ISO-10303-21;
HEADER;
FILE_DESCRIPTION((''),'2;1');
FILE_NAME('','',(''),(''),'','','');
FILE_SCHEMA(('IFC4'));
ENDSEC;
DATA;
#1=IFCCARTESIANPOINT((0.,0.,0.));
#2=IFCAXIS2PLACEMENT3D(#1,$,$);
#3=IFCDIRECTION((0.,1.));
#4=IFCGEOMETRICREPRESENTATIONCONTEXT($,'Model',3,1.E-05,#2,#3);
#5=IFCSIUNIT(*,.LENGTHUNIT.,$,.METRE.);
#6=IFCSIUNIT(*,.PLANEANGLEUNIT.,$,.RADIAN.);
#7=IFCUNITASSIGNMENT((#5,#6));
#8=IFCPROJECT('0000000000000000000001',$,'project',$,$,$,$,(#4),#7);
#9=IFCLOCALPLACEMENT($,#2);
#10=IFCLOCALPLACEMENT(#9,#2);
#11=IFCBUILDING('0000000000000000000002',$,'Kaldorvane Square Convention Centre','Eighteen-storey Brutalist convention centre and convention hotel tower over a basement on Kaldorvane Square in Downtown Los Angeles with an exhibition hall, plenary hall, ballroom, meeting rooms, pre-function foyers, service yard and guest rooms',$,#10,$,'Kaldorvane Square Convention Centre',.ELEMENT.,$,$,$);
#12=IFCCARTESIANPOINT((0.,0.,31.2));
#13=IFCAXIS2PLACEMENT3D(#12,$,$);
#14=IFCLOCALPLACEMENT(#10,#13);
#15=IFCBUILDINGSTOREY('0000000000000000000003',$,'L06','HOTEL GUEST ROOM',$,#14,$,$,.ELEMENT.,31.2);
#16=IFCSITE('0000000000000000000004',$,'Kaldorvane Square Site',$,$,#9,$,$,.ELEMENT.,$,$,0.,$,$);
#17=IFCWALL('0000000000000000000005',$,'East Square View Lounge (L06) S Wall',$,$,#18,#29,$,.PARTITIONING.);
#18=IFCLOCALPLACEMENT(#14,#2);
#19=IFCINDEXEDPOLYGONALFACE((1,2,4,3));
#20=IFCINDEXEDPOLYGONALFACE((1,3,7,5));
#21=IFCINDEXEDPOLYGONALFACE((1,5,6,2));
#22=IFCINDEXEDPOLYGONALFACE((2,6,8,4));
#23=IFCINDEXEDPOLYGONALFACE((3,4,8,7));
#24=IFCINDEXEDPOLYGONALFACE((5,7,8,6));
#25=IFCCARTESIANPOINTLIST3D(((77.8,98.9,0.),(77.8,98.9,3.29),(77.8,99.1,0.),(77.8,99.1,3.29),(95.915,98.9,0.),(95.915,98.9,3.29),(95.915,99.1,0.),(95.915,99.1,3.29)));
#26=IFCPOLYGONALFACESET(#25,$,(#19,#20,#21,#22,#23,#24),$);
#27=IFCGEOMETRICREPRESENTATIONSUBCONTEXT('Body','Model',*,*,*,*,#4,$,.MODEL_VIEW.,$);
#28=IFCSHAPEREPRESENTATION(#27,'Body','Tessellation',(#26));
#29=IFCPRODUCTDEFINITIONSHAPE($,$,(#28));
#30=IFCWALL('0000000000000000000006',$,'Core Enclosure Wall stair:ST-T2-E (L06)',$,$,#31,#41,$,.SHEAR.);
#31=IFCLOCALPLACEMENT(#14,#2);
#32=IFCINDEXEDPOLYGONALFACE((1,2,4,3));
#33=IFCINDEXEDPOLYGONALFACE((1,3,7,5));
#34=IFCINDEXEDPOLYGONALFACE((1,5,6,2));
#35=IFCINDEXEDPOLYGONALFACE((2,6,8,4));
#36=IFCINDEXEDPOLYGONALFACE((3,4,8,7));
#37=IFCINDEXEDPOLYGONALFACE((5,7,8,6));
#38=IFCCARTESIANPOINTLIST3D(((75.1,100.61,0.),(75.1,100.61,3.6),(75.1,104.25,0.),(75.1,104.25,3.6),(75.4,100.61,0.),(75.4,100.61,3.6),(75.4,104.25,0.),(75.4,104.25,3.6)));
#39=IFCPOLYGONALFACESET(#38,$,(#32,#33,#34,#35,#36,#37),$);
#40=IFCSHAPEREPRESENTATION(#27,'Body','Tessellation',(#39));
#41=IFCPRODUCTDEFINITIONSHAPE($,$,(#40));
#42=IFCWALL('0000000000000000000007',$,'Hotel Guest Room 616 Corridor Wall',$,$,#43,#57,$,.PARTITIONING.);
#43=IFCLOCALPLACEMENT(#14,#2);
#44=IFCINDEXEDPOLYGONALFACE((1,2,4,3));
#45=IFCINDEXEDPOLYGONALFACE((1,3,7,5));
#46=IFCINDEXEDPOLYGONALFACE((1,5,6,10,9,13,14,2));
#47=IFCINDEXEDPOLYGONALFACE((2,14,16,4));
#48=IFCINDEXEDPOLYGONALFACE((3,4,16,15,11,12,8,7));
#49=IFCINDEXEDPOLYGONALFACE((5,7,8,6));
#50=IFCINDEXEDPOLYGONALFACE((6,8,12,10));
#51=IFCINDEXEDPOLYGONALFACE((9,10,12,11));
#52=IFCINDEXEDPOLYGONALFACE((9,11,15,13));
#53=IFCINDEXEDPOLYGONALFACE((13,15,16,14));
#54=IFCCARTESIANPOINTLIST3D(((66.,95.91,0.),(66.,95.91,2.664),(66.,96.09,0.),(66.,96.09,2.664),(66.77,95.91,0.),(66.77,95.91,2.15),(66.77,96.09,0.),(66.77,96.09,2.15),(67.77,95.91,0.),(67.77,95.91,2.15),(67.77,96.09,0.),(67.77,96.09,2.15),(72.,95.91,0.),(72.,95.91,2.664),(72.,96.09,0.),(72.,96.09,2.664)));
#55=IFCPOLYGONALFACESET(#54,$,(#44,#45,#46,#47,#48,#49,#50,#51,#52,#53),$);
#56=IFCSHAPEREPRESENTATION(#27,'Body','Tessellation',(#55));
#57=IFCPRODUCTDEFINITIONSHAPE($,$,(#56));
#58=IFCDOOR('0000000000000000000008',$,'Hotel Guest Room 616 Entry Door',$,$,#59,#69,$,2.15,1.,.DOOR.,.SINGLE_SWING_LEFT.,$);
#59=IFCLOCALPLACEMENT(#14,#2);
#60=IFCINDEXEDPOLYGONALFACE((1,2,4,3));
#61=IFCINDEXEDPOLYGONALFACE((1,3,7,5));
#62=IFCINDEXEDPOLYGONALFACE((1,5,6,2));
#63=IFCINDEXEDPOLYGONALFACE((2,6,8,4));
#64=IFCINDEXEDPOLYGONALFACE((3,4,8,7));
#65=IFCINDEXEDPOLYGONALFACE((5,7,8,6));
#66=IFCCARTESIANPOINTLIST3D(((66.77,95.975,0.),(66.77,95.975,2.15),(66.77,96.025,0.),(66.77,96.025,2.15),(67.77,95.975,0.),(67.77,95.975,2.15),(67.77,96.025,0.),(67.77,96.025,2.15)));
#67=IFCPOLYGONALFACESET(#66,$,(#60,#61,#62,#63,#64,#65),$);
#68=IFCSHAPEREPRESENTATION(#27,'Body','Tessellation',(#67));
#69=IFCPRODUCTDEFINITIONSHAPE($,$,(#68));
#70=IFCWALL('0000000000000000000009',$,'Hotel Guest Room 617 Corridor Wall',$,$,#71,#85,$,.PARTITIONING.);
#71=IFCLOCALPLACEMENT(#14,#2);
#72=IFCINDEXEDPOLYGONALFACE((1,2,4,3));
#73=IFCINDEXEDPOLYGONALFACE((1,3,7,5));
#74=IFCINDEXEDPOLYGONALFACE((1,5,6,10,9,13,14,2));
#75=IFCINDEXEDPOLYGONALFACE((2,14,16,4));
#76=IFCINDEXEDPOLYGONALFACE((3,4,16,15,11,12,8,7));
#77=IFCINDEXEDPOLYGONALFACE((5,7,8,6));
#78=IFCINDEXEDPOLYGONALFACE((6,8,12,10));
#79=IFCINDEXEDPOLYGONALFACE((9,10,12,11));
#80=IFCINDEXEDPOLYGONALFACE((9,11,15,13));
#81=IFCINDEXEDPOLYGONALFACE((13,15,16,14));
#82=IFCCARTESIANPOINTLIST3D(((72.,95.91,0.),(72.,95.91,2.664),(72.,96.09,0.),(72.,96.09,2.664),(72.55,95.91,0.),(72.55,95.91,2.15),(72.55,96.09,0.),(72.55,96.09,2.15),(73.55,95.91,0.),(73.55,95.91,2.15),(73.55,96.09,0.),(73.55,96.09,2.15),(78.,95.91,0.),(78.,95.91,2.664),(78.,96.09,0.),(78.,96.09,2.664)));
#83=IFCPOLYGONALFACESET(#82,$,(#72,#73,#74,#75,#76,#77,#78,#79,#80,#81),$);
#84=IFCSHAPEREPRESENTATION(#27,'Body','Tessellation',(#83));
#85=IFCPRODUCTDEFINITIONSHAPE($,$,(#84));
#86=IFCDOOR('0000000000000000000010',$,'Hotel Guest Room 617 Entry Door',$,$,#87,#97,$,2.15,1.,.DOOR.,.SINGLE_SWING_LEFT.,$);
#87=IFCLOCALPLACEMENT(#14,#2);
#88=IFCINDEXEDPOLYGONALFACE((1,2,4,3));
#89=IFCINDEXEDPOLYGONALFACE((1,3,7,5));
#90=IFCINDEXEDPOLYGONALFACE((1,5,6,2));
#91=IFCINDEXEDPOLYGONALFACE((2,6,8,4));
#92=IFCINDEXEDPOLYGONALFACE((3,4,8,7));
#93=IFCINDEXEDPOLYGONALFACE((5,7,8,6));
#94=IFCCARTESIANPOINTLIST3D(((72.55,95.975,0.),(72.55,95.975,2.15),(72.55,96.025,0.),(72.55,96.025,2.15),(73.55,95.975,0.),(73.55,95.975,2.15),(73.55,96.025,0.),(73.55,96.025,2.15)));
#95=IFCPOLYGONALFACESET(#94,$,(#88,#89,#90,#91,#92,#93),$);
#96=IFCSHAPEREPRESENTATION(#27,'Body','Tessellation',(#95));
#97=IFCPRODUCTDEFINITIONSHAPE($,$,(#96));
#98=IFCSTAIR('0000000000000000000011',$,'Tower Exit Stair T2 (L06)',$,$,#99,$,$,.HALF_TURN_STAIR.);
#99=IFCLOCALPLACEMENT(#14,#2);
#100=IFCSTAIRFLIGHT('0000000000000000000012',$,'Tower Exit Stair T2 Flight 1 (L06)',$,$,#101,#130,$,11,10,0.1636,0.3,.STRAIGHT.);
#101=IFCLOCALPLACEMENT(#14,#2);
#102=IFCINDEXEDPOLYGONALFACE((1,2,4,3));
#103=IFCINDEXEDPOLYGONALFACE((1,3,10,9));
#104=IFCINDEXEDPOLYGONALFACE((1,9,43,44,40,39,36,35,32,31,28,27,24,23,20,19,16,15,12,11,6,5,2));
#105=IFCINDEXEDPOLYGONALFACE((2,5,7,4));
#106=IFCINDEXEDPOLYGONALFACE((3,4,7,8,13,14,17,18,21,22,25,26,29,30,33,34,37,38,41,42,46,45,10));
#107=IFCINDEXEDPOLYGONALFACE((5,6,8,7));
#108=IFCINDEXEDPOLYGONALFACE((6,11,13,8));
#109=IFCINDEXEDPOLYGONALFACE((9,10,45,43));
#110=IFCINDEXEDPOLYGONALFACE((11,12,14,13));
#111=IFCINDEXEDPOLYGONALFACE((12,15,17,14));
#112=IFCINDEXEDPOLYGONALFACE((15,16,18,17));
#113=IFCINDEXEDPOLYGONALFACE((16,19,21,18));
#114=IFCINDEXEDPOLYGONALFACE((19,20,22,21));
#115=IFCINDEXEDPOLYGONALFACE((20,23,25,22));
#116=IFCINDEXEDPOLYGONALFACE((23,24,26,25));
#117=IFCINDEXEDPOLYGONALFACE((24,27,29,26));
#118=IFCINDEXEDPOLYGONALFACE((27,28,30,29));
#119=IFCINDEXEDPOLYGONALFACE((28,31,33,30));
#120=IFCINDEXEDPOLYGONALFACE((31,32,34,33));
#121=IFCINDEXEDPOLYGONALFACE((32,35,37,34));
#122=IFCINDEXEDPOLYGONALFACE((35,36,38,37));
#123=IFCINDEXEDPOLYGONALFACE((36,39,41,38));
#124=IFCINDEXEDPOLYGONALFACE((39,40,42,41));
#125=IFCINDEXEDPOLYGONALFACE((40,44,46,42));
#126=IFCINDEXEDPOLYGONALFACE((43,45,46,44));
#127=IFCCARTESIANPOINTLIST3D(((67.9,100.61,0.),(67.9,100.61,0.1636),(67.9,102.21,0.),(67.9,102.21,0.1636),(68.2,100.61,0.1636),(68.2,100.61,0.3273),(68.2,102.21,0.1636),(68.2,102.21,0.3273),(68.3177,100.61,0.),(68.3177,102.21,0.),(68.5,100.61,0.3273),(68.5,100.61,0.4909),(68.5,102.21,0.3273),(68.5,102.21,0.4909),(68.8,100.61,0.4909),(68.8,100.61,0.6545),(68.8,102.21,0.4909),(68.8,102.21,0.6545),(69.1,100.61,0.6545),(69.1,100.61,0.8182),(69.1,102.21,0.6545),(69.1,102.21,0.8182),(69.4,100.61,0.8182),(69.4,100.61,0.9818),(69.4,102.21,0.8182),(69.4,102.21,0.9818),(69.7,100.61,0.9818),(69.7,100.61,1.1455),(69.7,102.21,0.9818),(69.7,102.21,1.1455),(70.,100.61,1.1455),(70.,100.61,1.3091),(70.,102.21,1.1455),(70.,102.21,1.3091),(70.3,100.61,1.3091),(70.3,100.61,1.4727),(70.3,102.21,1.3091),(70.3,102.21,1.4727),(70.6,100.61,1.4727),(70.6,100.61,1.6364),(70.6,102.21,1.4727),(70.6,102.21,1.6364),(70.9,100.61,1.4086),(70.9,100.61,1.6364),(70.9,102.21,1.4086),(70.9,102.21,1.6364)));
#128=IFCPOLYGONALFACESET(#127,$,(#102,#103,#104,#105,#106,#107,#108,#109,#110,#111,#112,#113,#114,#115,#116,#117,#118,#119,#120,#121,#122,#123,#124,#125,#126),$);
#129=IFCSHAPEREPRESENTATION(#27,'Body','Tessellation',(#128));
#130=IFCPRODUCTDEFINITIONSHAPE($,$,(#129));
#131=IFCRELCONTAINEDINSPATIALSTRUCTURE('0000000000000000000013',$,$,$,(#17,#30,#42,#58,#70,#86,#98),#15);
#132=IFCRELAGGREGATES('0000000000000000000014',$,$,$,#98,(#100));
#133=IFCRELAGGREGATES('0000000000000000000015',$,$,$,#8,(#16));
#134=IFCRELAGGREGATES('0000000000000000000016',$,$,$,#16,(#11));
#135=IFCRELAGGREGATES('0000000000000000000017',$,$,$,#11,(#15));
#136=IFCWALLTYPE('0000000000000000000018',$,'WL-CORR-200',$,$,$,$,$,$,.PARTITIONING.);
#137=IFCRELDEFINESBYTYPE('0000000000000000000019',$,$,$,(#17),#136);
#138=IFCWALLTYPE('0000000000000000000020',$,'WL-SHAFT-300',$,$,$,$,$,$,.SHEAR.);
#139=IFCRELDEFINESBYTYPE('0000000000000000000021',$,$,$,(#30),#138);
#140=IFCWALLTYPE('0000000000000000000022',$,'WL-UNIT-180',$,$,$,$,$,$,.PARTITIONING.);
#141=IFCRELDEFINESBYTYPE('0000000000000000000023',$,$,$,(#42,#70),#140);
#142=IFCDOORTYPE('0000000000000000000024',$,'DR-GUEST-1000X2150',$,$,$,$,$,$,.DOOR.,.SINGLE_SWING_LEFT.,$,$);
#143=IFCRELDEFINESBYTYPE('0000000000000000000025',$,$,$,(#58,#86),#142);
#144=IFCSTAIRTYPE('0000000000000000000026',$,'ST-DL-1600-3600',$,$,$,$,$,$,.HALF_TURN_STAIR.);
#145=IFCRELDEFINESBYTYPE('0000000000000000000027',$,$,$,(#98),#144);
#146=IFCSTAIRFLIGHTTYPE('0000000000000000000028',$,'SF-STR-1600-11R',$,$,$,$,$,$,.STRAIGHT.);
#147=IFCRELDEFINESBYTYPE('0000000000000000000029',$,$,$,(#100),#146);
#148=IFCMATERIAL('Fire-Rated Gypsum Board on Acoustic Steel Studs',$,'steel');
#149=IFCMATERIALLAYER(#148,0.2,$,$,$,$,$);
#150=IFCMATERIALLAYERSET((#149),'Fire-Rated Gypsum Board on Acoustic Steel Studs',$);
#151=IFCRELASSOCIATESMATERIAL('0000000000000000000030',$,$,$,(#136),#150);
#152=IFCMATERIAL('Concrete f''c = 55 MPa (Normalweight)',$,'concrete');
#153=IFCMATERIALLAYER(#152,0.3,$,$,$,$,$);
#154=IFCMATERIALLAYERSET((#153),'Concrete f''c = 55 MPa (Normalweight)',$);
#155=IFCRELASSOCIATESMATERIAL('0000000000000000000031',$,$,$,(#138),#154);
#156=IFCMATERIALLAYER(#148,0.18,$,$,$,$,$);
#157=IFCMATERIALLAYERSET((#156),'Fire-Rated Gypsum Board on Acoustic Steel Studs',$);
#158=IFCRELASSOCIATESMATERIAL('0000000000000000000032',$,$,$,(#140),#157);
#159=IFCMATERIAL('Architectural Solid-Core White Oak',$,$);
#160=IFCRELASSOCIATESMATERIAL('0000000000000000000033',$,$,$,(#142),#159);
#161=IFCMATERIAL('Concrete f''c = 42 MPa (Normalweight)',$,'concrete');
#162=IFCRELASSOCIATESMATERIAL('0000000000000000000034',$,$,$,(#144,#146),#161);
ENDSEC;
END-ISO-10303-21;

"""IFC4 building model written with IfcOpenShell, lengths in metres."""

from ifc_helpers import new_model, si_unit, direction, frame, frame_2d, origin, place, context, subcontext, project, spatial, polyline, rectangle, outline, extrude, material, layer, layer_set, type_object, element, fill, aggregate, save


model = new_model("IFC4")

# Units and contexts
model_context = context("Model", 3, precision=1e-05, world=origin(), true_north=direction((0.0, 1.0)))
body_context = subcontext(model_context, "Body", "Model", "MODEL_VIEW")
ifc_project = project(units=[si_unit("LENGTHUNIT", "METRE"), si_unit("PLANEANGLEUNIT", "RADIAN")], contexts=[model_context])

# Site, building, storey
site_placement = place(None, origin())
site = spatial("IfcSite", under=ifc_project, at=site_placement, Name="Kaldorvane Square Site", CompositionType="ELEMENT", RefElevation=0.0)
building_placement = place(site_placement, origin())
building = spatial("IfcBuilding", under=site, at=building_placement, Name="Kaldorvane Square Convention Centre", Description="Eighteen-storey Brutalist convention centre and convention hotel tower over a basement on Kaldorvane Square in Downtown Los Angeles with an exhibition hall, plenary hall, ballroom, meeting rooms, pre-function foyers, service yard and guest rooms", LongName="Kaldorvane Square Convention Centre", CompositionType="ELEMENT")
storey_placement = place(building_placement, frame((0.0, 0.0, 31.2)))
storey = spatial("IfcBuildingStorey", under=building, at=storey_placement, Name="L06", Description="HOTEL GUEST ROOM", CompositionType="ELEMENT", Elevation=31.2)

# Shared definitions
ifc_material_1 = material(Name="Fire-Rated Gypsum Board on Acoustic Steel Studs", Category="steel")
ifc_material_2 = material(Name="Architectural Solid-Core White Oak")

# Walls
ifc_layer_1 = layer(ifc_material_1, 0.2)
ifc_layer_set_1 = layer_set([ifc_layer_1], Name="Fire-Rated Gypsum Board on Acoustic Steel Studs")
wall_type_1 = type_object("IfcWallType", Name="WL-CORR-200", PredefinedType="PARTITIONING", material=ifc_layer_set_1)
wall_1_placement = place(storey_placement, frame((77.8, 99.0, 0.0), z_axis=(0.0, 0.0, 1.0), x_axis=(1.0, 0.0, 0.0)))
element("IfcWall", 1, at=wall_1_placement, inside=storey, type_object=wall_type_1, Name="East Square View Lounge (L06) S Wall", PredefinedType="PARTITIONING", context=body_context, shape_type="SweptSolid", body=[
    extrude(rectangle(XDim=18.115, YDim=0.2, at=frame_2d((9.0575, 0.0))), origin(), (0.0, 0.0, 1.0), 3.29),
])
ifc_material_3 = material(Name="Concrete f'c = 55 MPa (Normalweight)", Category="concrete")
ifc_layer_2 = layer(ifc_material_3, 0.3)
ifc_layer_set_2 = layer_set([ifc_layer_2], Name="Concrete f'c = 55 MPa (Normalweight)")
wall_type_2 = type_object("IfcWallType", Name="WL-SHAFT-300", PredefinedType="SHEAR", material=ifc_layer_set_2)
wall_2_placement = place(storey_placement, frame((75.25, 100.61, 0.0), z_axis=(0.0, 0.0, 1.0), x_axis=(0.0, 1.0, 0.0)))
element("IfcWall", 2, at=wall_2_placement, inside=storey, type_object=wall_type_2, Name="Core Enclosure Wall stair:ST-T2-E (L06)", PredefinedType="SHEAR", context=body_context, shape_type="SweptSolid", body=[
    extrude(rectangle(XDim=3.64, YDim=0.3, at=frame_2d((1.82, 0.0))), origin(), (0.0, 0.0, 1.0), 3.6),
])

# Walls, openings, doors
ifc_layer_3 = layer(ifc_material_1, 0.18)
ifc_layer_set_3 = layer_set([ifc_layer_3], Name="Fire-Rated Gypsum Board on Acoustic Steel Studs")
wall_type_3 = type_object("IfcWallType", Name="WL-UNIT-180", PredefinedType="PARTITIONING", material=ifc_layer_set_3)
wall_3_placement = place(storey_placement, frame((66.0, 96.0, 0.0), z_axis=(0.0, 0.0, 1.0), x_axis=(1.0, 0.0, 0.0)))
wall_3 = element("IfcWall", 3, at=wall_3_placement, inside=storey, type_object=wall_type_3, Name="Hotel Guest Room 616 Corridor Wall", PredefinedType="PARTITIONING", context=body_context, shape_type="SweptSolid", body=[
    extrude(rectangle(XDim=6.0, YDim=0.18, at=frame_2d((3.0, 0.0))), origin(), (0.0, 0.0, 1.0), 2.664),
])
opening_1_placement = place(wall_3_placement, frame((0.77, 0.0, 0.0)))
opening_1 = element("IfcOpeningElement", 4, at=opening_1_placement, cuts=wall_3, PredefinedType="OPENING", context=body_context, shape_type="SweptSolid", body=[
    extrude(rectangle(XDim=1.0, YDim=2.15, at=frame_2d((0.5, 1.075))), frame((0.0, 0.105, 0.0), z_axis=(0.0, -1.0, 0.0), x_axis=(1.0, 0.0, 0.0)), (0.0, 0.0, 1.0), 0.21),
])
door_type_1 = type_object("IfcDoorType", Name="DR-GUEST-1000X2150", OperationType="SINGLE_SWING_LEFT", PredefinedType="DOOR", material=ifc_material_2)
door_1_placement = place(opening_1_placement, origin())
door_1 = element("IfcDoor", 5, at=door_1_placement, inside=storey, type_object=door_type_1, Name="Hotel Guest Room 616 Entry Door", OperationType="SINGLE_SWING_LEFT", OverallHeight=2.15, OverallWidth=1.0, PredefinedType="DOOR", context=body_context, shape_type="SweptSolid", body=[
    extrude(rectangle(XDim=1.0, YDim=2.15, at=frame_2d((0.5, 1.075))), frame((0.0, 0.025, 0.0), z_axis=(0.0, -1.0, 0.0), x_axis=(1.0, 0.0, 0.0)), (0.0, 0.0, 1.0), 0.05),
])
fill(opening_1, door_1)
wall_4_placement = place(storey_placement, frame((72.0, 96.0, 0.0), z_axis=(0.0, 0.0, 1.0), x_axis=(1.0, 0.0, 0.0)))
wall_4 = element("IfcWall", 6, at=wall_4_placement, inside=storey, type_object=wall_type_3, Name="Hotel Guest Room 617 Corridor Wall", PredefinedType="PARTITIONING", context=body_context, shape_type="SweptSolid", body=[
    extrude(rectangle(XDim=6.0, YDim=0.18, at=frame_2d((3.0, 0.0))), origin(), (0.0, 0.0, 1.0), 2.664),
])
opening_2_placement = place(wall_4_placement, frame((0.55, 0.0, 0.0)))
opening_2 = element("IfcOpeningElement", 7, at=opening_2_placement, cuts=wall_4, PredefinedType="OPENING", context=body_context, shape_type="SweptSolid", body=[
    extrude(rectangle(XDim=1.0, YDim=2.15, at=frame_2d((0.5, 1.075))), frame((0.0, 0.105, 0.0), z_axis=(0.0, -1.0, 0.0), x_axis=(1.0, 0.0, 0.0)), (0.0, 0.0, 1.0), 0.21),
])
door_2_placement = place(opening_2_placement, origin())
door_2 = element("IfcDoor", 8, at=door_2_placement, inside=storey, type_object=door_type_1, Name="Hotel Guest Room 617 Entry Door", OperationType="SINGLE_SWING_LEFT", OverallHeight=2.15, OverallWidth=1.0, PredefinedType="DOOR", context=body_context, shape_type="SweptSolid", body=[
    extrude(rectangle(XDim=1.0, YDim=2.15, at=frame_2d((0.5, 1.075))), frame((0.0, 0.025, 0.0), z_axis=(0.0, -1.0, 0.0), x_axis=(1.0, 0.0, 0.0)), (0.0, 0.0, 1.0), 0.05),
])
fill(opening_2, door_2)

# Stair, stair flight
ifc_material_4 = material(Name="Concrete f'c = 42 MPa (Normalweight)", Category="concrete")
stair_type = type_object("IfcStairType", Name="ST-DL-1600-3600", PredefinedType="HALF_TURN_STAIR", material=ifc_material_4)
stair_placement = place(storey_placement, origin())
stair = element("IfcStair", 9, at=stair_placement, inside=storey, type_object=stair_type, Name="Tower Exit Stair T2 (L06)", PredefinedType="HALF_TURN_STAIR")
stair_flight_type = type_object("IfcStairFlightType", Name="SF-STR-1600-11R", PredefinedType="STRAIGHT", material=ifc_material_4)
stair_flight_placement = place(storey_placement, frame((67.9, 101.41, 0.0), z_axis=(0.0, 0.0, 1.0), x_axis=(1.0, 0.0, 0.0)))
stair_flight = element("IfcStairFlight", 10, at=stair_flight_placement, type_object=stair_flight_type, Name="Tower Exit Stair T2 Flight 1 (L06)", NumberOfRisers=11, NumberOfTreads=10, PredefinedType="STRAIGHT", RiserHeight=0.1636, TreadLength=0.3, context=body_context, shape_type="SweptSolid", body=[
    extrude(outline(polyline([(0.0, 0.0), (0.0, 0.1636), (0.3, 0.1636), (0.3, 0.3273), (0.6, 0.3273), (0.6, 0.4909), (0.9, 0.4909), (0.9, 0.6545), (1.2, 0.6545), (1.2, 0.8182), (1.5, 0.8182), (1.5, 0.9818), (1.8, 0.9818), (1.8, 1.1455), (2.1, 1.1455), (2.1, 1.3091), (2.4, 1.3091), (2.4, 1.4727), (2.7, 1.4727), (2.7, 1.6364), (3.0, 1.6364), (3.0, 1.8), (3.0, 1.4086), (0.4177, 0.0), (0.0, 0.0)])), frame((0.0, 0.8, 0.0), z_axis=(0.0, -1.0, 0.0), x_axis=(1.0, 0.0, 0.0)), (0.0, 0.0, 1.0), 1.6),
])
aggregate(stair, [stair_flight])

save(model, "model.ifc")
